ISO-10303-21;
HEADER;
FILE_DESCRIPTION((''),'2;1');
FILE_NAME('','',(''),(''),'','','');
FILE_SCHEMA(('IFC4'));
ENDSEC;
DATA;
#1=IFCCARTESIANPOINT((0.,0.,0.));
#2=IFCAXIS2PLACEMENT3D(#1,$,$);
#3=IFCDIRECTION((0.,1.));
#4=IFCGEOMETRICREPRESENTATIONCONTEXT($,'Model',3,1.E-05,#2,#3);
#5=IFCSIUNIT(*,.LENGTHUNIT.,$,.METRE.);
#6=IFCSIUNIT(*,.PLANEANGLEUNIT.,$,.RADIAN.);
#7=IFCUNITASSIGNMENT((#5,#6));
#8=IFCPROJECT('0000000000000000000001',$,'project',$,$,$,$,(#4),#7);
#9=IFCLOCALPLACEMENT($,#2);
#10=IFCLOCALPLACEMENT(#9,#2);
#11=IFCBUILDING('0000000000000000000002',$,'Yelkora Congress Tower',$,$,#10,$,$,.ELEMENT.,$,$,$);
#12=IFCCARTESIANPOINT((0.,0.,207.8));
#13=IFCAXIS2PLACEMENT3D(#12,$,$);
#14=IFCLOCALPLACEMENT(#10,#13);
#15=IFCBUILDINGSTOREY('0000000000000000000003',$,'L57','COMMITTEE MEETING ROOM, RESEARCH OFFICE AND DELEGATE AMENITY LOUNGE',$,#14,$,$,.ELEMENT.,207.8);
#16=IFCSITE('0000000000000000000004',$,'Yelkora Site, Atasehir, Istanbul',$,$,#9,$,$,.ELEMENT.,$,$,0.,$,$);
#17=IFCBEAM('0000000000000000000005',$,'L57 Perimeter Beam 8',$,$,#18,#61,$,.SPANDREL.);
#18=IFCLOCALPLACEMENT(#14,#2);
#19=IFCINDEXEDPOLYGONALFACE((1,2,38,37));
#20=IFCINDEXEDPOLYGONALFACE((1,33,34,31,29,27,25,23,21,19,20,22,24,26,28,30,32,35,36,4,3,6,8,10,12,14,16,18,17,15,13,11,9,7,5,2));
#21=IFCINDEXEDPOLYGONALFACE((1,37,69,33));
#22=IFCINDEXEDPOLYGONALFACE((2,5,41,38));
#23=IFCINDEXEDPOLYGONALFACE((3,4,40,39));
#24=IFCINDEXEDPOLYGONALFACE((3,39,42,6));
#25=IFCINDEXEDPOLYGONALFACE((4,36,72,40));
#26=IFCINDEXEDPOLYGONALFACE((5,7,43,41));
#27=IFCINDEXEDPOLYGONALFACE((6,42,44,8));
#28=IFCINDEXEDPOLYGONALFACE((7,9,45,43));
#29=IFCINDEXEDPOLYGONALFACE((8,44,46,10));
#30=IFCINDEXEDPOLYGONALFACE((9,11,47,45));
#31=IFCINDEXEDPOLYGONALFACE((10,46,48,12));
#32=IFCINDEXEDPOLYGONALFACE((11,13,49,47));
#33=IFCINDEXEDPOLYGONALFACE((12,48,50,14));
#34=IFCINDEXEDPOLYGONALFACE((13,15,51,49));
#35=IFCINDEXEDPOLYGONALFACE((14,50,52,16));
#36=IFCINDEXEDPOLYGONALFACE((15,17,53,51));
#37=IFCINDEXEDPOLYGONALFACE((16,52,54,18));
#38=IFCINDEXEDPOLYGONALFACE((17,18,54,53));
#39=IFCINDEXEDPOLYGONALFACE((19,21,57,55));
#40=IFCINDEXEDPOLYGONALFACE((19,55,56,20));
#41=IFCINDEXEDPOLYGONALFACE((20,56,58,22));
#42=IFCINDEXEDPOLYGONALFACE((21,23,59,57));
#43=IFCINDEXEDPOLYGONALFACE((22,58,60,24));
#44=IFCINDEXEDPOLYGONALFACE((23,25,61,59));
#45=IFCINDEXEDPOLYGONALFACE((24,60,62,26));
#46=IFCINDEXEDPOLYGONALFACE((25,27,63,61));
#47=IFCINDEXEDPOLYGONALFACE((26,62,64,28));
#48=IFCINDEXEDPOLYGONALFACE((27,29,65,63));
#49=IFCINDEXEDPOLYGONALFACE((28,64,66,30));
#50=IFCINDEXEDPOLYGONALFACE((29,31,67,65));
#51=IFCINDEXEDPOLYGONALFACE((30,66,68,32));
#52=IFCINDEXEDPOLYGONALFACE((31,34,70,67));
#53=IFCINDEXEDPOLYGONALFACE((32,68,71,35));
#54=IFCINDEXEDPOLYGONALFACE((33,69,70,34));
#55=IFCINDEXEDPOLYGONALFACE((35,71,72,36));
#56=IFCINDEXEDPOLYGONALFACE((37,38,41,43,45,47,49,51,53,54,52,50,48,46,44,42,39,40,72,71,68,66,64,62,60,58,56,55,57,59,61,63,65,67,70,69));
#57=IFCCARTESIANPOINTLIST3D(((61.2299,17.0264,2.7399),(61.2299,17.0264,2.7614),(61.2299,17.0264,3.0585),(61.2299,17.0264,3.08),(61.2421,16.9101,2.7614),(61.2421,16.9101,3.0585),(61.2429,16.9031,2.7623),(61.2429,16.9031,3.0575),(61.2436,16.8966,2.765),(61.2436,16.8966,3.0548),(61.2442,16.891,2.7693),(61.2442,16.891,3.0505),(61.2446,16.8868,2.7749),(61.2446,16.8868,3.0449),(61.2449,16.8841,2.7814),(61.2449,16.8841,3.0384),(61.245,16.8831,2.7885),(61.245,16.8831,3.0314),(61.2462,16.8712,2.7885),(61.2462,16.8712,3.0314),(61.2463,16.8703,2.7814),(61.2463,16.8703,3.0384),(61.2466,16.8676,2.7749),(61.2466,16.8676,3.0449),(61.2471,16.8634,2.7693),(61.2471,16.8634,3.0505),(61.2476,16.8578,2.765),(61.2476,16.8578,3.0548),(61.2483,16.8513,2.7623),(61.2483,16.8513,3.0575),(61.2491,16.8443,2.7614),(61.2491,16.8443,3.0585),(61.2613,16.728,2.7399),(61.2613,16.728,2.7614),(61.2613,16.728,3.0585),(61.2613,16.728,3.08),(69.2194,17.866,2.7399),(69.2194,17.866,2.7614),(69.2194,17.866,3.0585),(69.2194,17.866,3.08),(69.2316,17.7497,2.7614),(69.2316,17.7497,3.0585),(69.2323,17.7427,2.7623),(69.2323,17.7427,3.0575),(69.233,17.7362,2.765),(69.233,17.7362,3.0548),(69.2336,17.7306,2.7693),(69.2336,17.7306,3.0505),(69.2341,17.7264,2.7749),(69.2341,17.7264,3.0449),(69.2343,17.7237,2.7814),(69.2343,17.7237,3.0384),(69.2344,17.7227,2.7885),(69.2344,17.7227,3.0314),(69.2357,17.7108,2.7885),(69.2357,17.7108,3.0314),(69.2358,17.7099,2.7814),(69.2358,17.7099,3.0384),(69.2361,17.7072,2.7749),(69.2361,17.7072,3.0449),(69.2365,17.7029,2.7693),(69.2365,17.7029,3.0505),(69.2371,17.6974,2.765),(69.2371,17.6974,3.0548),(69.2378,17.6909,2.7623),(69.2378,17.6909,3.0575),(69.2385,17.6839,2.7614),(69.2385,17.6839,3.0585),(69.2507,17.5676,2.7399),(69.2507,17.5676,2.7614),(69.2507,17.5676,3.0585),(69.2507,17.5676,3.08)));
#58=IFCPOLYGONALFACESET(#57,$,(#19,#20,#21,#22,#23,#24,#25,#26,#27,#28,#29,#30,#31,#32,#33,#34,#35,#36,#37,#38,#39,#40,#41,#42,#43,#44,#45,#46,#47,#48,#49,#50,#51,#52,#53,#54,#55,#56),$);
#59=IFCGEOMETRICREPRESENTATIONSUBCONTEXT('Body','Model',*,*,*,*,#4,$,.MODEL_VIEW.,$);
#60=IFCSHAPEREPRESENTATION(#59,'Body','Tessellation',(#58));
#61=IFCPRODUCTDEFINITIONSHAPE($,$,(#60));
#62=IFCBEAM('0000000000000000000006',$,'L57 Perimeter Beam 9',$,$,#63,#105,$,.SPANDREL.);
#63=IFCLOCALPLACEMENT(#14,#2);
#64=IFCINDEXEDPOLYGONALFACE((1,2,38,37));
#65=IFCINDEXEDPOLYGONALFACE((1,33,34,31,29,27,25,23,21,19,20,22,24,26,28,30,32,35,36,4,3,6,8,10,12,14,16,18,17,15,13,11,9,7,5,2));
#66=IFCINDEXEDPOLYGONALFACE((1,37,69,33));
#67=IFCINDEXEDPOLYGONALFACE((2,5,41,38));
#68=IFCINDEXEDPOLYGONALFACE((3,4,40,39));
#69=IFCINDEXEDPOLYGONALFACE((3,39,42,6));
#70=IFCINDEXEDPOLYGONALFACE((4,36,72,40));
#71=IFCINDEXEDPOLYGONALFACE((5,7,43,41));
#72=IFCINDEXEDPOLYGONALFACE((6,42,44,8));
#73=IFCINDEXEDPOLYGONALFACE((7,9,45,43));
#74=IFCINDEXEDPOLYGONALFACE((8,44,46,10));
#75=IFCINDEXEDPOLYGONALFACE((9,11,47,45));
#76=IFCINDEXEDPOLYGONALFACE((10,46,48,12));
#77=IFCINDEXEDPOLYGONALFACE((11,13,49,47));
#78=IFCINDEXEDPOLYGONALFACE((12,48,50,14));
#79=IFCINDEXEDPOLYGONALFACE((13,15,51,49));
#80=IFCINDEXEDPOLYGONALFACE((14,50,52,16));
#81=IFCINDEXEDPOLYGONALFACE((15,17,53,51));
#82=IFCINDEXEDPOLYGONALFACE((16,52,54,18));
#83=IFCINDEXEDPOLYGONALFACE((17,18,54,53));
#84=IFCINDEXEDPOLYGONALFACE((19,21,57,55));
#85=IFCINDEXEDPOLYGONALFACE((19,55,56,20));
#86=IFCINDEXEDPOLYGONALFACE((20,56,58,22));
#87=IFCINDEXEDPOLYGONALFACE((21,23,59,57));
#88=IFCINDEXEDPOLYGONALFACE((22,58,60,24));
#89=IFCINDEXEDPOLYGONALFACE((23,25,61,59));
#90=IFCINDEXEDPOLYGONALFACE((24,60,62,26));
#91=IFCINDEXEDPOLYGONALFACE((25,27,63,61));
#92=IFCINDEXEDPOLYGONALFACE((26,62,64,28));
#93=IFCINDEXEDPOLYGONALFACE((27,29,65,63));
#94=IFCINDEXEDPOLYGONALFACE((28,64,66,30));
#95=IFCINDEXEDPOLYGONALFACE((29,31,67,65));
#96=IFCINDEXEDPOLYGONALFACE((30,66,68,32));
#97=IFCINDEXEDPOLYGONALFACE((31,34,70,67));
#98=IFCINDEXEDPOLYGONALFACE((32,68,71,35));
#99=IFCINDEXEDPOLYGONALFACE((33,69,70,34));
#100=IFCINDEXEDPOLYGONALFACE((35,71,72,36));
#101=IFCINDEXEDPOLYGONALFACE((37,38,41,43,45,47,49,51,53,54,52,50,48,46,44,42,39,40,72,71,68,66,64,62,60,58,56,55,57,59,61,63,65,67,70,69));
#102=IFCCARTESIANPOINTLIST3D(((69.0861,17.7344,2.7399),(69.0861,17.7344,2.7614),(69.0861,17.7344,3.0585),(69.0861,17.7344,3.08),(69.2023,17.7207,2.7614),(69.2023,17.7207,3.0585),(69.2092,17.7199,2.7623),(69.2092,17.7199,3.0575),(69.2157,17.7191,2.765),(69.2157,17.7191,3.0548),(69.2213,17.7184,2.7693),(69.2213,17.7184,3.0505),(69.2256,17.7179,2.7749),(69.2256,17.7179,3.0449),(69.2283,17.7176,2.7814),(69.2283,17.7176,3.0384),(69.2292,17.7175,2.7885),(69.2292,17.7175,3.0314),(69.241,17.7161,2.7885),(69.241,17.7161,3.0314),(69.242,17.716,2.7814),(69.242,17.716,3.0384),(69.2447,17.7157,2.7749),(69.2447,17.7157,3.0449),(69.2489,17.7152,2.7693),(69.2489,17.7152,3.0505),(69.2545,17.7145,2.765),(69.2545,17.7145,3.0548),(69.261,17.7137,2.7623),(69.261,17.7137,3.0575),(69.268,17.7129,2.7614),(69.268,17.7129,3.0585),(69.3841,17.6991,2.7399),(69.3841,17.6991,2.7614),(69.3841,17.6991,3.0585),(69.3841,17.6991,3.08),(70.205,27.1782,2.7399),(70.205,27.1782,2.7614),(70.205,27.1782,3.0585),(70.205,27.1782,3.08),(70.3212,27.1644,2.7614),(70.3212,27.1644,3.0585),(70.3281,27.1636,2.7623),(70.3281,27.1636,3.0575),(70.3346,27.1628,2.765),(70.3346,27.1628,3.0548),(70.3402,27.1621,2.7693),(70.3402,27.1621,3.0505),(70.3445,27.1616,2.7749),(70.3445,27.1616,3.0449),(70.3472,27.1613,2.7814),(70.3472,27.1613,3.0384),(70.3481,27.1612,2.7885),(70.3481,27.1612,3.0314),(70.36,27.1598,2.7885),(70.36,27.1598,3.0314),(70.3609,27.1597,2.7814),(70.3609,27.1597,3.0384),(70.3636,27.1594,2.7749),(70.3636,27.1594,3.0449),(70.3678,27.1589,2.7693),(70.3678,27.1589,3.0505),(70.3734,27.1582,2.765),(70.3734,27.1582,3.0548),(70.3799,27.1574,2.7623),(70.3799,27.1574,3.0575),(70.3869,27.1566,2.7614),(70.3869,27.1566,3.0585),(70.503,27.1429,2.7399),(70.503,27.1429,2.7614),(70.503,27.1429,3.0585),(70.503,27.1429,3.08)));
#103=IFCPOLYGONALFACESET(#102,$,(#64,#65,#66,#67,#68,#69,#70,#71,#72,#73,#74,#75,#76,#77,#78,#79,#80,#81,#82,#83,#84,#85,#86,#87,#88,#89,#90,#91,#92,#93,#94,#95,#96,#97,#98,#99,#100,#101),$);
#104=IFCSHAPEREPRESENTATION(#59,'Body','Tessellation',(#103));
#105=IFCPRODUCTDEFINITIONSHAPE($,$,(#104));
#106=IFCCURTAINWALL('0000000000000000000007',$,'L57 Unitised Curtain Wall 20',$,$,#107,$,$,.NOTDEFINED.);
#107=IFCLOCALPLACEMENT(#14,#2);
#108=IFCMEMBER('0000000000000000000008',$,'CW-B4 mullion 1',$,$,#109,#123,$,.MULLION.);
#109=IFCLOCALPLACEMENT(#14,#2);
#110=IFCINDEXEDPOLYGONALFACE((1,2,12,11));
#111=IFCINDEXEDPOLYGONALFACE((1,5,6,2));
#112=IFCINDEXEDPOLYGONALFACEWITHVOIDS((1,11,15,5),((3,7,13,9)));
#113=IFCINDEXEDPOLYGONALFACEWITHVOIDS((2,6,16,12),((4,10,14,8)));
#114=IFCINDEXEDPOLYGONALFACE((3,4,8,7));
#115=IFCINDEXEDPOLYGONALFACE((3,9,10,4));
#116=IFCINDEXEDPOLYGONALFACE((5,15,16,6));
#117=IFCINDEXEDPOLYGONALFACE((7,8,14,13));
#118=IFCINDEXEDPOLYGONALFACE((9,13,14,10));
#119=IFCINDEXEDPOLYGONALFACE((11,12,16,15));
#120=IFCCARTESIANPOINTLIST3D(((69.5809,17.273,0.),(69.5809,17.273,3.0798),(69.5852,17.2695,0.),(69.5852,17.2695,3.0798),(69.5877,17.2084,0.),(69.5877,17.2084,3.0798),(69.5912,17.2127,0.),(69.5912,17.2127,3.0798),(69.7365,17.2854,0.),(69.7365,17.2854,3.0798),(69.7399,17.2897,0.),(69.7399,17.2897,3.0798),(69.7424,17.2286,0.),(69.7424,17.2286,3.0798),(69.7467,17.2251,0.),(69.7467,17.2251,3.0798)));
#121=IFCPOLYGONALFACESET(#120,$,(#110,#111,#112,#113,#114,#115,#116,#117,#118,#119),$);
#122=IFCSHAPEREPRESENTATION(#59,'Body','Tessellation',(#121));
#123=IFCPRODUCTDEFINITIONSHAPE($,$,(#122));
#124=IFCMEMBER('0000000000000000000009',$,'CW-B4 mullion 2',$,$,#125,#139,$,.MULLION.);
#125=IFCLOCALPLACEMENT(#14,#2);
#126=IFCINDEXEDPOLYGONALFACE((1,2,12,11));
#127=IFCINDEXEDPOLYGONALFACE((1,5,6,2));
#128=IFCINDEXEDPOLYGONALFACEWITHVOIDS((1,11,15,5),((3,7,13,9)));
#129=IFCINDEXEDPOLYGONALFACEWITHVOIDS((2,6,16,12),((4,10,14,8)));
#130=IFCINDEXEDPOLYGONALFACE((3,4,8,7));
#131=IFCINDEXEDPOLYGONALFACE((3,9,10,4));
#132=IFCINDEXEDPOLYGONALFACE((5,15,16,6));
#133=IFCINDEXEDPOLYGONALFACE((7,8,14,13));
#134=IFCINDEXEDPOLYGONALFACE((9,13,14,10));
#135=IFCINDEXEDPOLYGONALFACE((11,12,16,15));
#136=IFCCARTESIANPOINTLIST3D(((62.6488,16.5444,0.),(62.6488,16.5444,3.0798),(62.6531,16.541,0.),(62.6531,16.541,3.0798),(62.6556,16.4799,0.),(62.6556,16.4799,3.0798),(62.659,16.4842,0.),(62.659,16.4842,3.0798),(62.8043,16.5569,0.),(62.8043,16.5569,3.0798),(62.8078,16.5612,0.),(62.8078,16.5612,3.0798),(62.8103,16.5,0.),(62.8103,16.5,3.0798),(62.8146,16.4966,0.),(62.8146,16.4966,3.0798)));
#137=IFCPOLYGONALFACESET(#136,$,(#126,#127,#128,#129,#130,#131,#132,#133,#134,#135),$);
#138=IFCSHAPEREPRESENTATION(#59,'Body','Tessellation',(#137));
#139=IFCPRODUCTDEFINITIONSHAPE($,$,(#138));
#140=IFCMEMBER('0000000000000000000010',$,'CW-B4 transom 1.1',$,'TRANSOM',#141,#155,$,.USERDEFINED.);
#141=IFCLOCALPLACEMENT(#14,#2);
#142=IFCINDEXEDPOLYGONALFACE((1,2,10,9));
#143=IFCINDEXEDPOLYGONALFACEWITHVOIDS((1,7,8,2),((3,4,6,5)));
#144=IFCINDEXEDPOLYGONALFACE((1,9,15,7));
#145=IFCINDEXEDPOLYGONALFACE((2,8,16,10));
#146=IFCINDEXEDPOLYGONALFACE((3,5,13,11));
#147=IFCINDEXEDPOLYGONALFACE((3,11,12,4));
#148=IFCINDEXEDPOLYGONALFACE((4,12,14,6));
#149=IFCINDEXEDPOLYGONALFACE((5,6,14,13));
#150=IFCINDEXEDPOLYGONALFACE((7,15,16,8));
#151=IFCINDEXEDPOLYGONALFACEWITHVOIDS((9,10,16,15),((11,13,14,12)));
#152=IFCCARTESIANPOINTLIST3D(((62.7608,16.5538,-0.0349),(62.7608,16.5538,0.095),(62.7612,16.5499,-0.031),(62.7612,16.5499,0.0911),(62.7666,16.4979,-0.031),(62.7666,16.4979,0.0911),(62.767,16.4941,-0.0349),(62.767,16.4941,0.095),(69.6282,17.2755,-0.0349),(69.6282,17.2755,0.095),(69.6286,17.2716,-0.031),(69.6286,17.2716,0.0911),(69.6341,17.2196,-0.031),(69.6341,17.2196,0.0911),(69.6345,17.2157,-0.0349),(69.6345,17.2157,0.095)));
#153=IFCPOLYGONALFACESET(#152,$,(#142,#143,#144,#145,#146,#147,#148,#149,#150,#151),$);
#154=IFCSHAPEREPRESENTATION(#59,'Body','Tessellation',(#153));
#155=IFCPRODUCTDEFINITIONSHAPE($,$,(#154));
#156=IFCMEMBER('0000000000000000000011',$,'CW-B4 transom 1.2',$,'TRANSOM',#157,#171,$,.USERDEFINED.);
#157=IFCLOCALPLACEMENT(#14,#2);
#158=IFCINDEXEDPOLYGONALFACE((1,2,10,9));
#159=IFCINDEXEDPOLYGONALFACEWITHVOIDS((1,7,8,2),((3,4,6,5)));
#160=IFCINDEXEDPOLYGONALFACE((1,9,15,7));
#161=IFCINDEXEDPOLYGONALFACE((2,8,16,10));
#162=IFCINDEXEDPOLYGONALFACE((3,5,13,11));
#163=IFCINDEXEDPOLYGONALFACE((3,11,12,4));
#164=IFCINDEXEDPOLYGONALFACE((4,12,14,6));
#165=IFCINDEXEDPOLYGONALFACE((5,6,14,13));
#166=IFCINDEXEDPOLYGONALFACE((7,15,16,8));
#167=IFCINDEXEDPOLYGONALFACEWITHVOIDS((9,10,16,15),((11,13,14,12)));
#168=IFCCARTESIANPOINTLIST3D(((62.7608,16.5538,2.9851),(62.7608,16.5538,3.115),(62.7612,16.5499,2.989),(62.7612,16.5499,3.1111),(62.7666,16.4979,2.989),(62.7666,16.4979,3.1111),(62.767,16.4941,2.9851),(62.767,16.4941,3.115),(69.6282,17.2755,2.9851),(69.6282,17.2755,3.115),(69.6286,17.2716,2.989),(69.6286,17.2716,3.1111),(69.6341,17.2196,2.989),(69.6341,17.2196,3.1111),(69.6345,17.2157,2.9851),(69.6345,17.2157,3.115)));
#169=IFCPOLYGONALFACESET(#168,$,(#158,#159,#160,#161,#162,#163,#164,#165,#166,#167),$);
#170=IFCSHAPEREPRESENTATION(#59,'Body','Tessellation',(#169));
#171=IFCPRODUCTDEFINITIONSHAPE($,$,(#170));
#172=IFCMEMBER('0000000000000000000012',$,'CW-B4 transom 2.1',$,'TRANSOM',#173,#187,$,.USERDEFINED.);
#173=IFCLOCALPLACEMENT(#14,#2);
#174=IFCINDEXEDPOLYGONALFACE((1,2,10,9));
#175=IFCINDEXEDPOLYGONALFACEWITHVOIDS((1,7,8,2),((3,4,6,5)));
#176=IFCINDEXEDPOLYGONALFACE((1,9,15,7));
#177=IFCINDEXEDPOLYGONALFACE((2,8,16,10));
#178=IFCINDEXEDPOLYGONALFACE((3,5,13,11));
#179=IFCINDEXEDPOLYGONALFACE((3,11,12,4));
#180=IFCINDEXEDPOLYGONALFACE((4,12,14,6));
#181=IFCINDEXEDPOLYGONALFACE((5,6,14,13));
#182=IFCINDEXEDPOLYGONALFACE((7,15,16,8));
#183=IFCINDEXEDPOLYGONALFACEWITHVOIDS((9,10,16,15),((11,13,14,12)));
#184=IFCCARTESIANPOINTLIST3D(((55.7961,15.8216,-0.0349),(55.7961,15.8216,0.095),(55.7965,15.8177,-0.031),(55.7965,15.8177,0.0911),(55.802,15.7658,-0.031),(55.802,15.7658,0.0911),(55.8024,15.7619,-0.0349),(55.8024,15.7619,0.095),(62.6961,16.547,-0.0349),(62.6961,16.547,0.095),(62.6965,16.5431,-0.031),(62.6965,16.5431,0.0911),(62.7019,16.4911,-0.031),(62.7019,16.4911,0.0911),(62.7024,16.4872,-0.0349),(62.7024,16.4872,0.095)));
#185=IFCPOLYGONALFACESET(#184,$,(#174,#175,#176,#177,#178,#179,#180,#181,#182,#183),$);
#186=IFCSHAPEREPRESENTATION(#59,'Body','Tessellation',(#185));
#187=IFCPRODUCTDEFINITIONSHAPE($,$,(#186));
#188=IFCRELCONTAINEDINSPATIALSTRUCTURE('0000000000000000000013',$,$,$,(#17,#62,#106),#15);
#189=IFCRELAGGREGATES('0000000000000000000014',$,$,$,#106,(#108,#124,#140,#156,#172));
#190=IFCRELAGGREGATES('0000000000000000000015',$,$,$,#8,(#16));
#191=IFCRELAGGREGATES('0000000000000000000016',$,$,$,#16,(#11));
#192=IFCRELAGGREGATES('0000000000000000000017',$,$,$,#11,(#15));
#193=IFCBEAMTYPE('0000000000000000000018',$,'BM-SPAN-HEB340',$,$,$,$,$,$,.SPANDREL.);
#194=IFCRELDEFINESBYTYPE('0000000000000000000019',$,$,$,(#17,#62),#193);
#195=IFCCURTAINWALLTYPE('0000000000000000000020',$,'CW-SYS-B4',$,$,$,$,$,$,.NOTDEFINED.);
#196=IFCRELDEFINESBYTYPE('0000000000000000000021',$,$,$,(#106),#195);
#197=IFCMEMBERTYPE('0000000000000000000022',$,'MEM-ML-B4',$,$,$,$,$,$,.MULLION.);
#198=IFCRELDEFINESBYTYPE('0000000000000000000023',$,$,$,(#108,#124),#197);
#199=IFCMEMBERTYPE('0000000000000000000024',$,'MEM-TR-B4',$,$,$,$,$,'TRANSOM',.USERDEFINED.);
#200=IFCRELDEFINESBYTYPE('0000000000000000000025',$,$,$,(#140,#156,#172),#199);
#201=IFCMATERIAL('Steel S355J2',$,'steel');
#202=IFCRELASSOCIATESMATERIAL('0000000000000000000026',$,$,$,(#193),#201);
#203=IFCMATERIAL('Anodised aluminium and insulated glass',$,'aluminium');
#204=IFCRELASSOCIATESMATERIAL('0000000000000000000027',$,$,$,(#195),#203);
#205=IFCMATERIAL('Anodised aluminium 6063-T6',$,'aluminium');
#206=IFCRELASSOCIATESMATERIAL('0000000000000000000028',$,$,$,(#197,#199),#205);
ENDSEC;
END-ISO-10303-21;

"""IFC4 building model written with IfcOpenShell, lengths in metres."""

from ifc_helpers import new_model, si_unit, direction, frame, origin, origin_2d, place, context, subcontext, project, spatial, hollow_rectangle, i_section, extrude, material, material_profile, profile_set, type_object, element, aggregate, save


model = new_model("IFC4")

# Units and contexts
model_context = context("Model", 3, precision=1e-05, world=origin(), true_north=direction((0.0, 1.0)))
body_context = subcontext(model_context, "Body", "Model", "MODEL_VIEW")
ifc_project = project(units=[si_unit("LENGTHUNIT", "METRE"), si_unit("PLANEANGLEUNIT", "RADIAN")], contexts=[model_context])

# Site, building, storey
site_placement = place(None, origin())
site = spatial("IfcSite", under=ifc_project, at=site_placement, Name="Yelkora Site, Atasehir, Istanbul", CompositionType="ELEMENT", RefElevation=0.0)
building_placement = place(site_placement, origin())
building = spatial("IfcBuilding", under=site, at=building_placement, Name="Yelkora Congress Tower", CompositionType="ELEMENT")
storey_placement = place(building_placement, frame((0.0, 0.0, 207.8)))
storey = spatial("IfcBuildingStorey", under=building, at=storey_placement, Name="L57", Description="COMMITTEE MEETING ROOM, RESEARCH OFFICE AND DELEGATE AMENITY LOUNGE", CompositionType="ELEMENT", Elevation=207.8)

# Shared definitions
ifc_material_1 = material(Name="Steel S355J2", Category="steel")

# Beams
ifc_material_profile_1 = material_profile(ifc_material_1, i_section(OverallWidth=0.3, OverallDepth=0.3401, WebThickness=0.012, FlangeThickness=0.0215, FilletRadius=0.0271, at=origin_2d()), Name="HEB 340")
ifc_profile_set_1 = profile_set([ifc_material_profile_1], Name="Steel S355J2")
beam_type_1 = type_object("IfcBeamType", Name="BM-SPAN-HEB340", PredefinedType="SPANDREL", material=ifc_profile_set_1)
beam_1_placement = place(storey_placement, frame((61.2456, 16.8772, 2.9099), z_axis=(0.994524, 0.104512, 0.0), x_axis=(-0.104512, 0.994524, 0.0)))
element("IfcBeam", 1, at=beam_1_placement, inside=storey, type_object=beam_type_1, Name="L57 Perimeter Beam 8", PredefinedType="SPANDREL", context=body_context, shape_type="SweptSolid", body=[
    extrude(i_section(OverallWidth=0.3, OverallDepth=0.3401, WebThickness=0.012, FlangeThickness=0.0215, FilletRadius=0.0271, at=origin_2d()), origin(), (0.0, 0.0, 1.0), 8.0334),
])
beam_2_placement = place(storey_placement, frame((69.2351, 17.7168, 2.9099), z_axis=(0.117659, 0.993054, 0.0), x_axis=(-0.993054, 0.117659, 0.0)))
element("IfcBeam", 2, at=beam_2_placement, inside=storey, type_object=beam_type_1, Name="L57 Perimeter Beam 9", PredefinedType="SPANDREL", context=body_context, shape_type="SweptSolid", body=[
    extrude(i_section(OverallWidth=0.3, OverallDepth=0.3401, WebThickness=0.012, FlangeThickness=0.0215, FilletRadius=0.0271, at=origin_2d()), origin(), (0.0, 0.0, 1.0), 9.5098),
])

# Curtain wall, members
ifc_material_2 = material(Name="Anodised aluminium and insulated glass", Category="aluminium")
curtain_wall_type = type_object("IfcCurtainWallType", Name="CW-SYS-B4", PredefinedType="NOTDEFINED", material=ifc_material_2)
curtain_wall_placement = place(storey_placement, origin())
curtain_wall = element("IfcCurtainWall", 3, at=curtain_wall_placement, inside=storey, type_object=curtain_wall_type, Name="L57 Unitised Curtain Wall 20", PredefinedType="NOTDEFINED")
ifc_material_3 = material(Name="Anodised aluminium 6063-T6", Category="aluminium")
ifc_material_profile_2 = material_profile(ifc_material_3, hollow_rectangle(XDim=0.0649, YDim=0.1599, WallThickness=0.0039, at=origin_2d()), Name="ALU 65x160x4")
ifc_profile_set_2 = profile_set([ifc_material_profile_2], Name="Anodised aluminium 6063-T6")
member_type_1 = type_object("IfcMemberType", Name="MEM-ML-B4", PredefinedType="MULLION", material=ifc_profile_set_2)
member_1_placement = place(storey_placement, frame((69.6638, 17.249, 0.0), z_axis=(0.0, 0.0, 1.0), x_axis=(0.104527, -0.994522, 0.0)))
member_1 = element("IfcMember", 4, at=member_1_placement, type_object=member_type_1, Name="CW-B4 mullion 1", PredefinedType="MULLION", context=body_context, shape_type="SweptSolid", body=[
    extrude(hollow_rectangle(XDim=0.0649, YDim=0.1599, WallThickness=0.0039, at=origin_2d()), origin(), (0.0, 0.0, 1.0), 3.0798),
])
member_2_placement = place(storey_placement, frame((62.7317, 16.5205, 0.0), z_axis=(0.0, 0.0, 1.0), x_axis=(0.104527, -0.994522, 0.0)))
member_2 = element("IfcMember", 5, at=member_2_placement, type_object=member_type_1, Name="CW-B4 mullion 2", PredefinedType="MULLION", context=body_context, shape_type="SweptSolid", body=[
    extrude(hollow_rectangle(XDim=0.0649, YDim=0.1599, WallThickness=0.0039, at=origin_2d()), origin(), (0.0, 0.0, 1.0), 3.0798),
])
ifc_material_profile_3 = material_profile(ifc_material_3, hollow_rectangle(XDim=0.0601, YDim=0.1299, WallThickness=0.0039, at=origin_2d()), Name="ALU 60x130x4")
ifc_profile_set_3 = profile_set([ifc_material_profile_3], Name="Anodised aluminium 6063-T6")
member_type_2 = type_object("IfcMemberType", Name="MEM-TR-B4", ElementType="TRANSOM", PredefinedType="USERDEFINED", material=ifc_profile_set_3)
member_3_placement = place(storey_placement, frame((69.6313, 17.2456, 0.03), z_axis=(-0.994524, -0.104512, 0.0), x_axis=(0.104512, -0.994524, 0.0)))
member_3 = element("IfcMember", 6, at=member_3_placement, type_object=member_type_2, Name="CW-B4 transom 1.1", ObjectType="TRANSOM", PredefinedType="USERDEFINED", context=body_context, shape_type="SweptSolid", body=[
    extrude(hollow_rectangle(XDim=0.0601, YDim=0.1299, WallThickness=0.0039, at=origin_2d()), origin(), (0.0, 0.0, 1.0), 6.9053),
])
member_4_placement = place(storey_placement, frame((69.6313, 17.2456, 3.05), z_axis=(-0.994524, -0.104512, 0.0), x_axis=(0.104512, -0.994524, 0.0)))
member_4 = element("IfcMember", 7, at=member_4_placement, type_object=member_type_2, Name="CW-B4 transom 1.2", ObjectType="TRANSOM", PredefinedType="USERDEFINED", context=body_context, shape_type="SweptSolid", body=[
    extrude(hollow_rectangle(XDim=0.0601, YDim=0.1299, WallThickness=0.0039, at=origin_2d()), origin(), (0.0, 0.0, 1.0), 6.9053),
])
member_5_placement = place(storey_placement, frame((62.6992, 16.5171, 0.03), z_axis=(-0.99452, -0.104547, 0.0), x_axis=(0.104547, -0.99452, 0.0)))
member_5 = element("IfcMember", 8, at=member_5_placement, type_object=member_type_2, Name="CW-B4 transom 2.1", ObjectType="TRANSOM", PredefinedType="USERDEFINED", context=body_context, shape_type="SweptSolid", body=[
    extrude(hollow_rectangle(XDim=0.0601, YDim=0.1299, WallThickness=0.0039, at=origin_2d()), origin(), (0.0, 0.0, 1.0), 6.938),
])
aggregate(curtain_wall, [member_1, member_2, member_3, member_4, member_5])

save(model, "model.ifc")
